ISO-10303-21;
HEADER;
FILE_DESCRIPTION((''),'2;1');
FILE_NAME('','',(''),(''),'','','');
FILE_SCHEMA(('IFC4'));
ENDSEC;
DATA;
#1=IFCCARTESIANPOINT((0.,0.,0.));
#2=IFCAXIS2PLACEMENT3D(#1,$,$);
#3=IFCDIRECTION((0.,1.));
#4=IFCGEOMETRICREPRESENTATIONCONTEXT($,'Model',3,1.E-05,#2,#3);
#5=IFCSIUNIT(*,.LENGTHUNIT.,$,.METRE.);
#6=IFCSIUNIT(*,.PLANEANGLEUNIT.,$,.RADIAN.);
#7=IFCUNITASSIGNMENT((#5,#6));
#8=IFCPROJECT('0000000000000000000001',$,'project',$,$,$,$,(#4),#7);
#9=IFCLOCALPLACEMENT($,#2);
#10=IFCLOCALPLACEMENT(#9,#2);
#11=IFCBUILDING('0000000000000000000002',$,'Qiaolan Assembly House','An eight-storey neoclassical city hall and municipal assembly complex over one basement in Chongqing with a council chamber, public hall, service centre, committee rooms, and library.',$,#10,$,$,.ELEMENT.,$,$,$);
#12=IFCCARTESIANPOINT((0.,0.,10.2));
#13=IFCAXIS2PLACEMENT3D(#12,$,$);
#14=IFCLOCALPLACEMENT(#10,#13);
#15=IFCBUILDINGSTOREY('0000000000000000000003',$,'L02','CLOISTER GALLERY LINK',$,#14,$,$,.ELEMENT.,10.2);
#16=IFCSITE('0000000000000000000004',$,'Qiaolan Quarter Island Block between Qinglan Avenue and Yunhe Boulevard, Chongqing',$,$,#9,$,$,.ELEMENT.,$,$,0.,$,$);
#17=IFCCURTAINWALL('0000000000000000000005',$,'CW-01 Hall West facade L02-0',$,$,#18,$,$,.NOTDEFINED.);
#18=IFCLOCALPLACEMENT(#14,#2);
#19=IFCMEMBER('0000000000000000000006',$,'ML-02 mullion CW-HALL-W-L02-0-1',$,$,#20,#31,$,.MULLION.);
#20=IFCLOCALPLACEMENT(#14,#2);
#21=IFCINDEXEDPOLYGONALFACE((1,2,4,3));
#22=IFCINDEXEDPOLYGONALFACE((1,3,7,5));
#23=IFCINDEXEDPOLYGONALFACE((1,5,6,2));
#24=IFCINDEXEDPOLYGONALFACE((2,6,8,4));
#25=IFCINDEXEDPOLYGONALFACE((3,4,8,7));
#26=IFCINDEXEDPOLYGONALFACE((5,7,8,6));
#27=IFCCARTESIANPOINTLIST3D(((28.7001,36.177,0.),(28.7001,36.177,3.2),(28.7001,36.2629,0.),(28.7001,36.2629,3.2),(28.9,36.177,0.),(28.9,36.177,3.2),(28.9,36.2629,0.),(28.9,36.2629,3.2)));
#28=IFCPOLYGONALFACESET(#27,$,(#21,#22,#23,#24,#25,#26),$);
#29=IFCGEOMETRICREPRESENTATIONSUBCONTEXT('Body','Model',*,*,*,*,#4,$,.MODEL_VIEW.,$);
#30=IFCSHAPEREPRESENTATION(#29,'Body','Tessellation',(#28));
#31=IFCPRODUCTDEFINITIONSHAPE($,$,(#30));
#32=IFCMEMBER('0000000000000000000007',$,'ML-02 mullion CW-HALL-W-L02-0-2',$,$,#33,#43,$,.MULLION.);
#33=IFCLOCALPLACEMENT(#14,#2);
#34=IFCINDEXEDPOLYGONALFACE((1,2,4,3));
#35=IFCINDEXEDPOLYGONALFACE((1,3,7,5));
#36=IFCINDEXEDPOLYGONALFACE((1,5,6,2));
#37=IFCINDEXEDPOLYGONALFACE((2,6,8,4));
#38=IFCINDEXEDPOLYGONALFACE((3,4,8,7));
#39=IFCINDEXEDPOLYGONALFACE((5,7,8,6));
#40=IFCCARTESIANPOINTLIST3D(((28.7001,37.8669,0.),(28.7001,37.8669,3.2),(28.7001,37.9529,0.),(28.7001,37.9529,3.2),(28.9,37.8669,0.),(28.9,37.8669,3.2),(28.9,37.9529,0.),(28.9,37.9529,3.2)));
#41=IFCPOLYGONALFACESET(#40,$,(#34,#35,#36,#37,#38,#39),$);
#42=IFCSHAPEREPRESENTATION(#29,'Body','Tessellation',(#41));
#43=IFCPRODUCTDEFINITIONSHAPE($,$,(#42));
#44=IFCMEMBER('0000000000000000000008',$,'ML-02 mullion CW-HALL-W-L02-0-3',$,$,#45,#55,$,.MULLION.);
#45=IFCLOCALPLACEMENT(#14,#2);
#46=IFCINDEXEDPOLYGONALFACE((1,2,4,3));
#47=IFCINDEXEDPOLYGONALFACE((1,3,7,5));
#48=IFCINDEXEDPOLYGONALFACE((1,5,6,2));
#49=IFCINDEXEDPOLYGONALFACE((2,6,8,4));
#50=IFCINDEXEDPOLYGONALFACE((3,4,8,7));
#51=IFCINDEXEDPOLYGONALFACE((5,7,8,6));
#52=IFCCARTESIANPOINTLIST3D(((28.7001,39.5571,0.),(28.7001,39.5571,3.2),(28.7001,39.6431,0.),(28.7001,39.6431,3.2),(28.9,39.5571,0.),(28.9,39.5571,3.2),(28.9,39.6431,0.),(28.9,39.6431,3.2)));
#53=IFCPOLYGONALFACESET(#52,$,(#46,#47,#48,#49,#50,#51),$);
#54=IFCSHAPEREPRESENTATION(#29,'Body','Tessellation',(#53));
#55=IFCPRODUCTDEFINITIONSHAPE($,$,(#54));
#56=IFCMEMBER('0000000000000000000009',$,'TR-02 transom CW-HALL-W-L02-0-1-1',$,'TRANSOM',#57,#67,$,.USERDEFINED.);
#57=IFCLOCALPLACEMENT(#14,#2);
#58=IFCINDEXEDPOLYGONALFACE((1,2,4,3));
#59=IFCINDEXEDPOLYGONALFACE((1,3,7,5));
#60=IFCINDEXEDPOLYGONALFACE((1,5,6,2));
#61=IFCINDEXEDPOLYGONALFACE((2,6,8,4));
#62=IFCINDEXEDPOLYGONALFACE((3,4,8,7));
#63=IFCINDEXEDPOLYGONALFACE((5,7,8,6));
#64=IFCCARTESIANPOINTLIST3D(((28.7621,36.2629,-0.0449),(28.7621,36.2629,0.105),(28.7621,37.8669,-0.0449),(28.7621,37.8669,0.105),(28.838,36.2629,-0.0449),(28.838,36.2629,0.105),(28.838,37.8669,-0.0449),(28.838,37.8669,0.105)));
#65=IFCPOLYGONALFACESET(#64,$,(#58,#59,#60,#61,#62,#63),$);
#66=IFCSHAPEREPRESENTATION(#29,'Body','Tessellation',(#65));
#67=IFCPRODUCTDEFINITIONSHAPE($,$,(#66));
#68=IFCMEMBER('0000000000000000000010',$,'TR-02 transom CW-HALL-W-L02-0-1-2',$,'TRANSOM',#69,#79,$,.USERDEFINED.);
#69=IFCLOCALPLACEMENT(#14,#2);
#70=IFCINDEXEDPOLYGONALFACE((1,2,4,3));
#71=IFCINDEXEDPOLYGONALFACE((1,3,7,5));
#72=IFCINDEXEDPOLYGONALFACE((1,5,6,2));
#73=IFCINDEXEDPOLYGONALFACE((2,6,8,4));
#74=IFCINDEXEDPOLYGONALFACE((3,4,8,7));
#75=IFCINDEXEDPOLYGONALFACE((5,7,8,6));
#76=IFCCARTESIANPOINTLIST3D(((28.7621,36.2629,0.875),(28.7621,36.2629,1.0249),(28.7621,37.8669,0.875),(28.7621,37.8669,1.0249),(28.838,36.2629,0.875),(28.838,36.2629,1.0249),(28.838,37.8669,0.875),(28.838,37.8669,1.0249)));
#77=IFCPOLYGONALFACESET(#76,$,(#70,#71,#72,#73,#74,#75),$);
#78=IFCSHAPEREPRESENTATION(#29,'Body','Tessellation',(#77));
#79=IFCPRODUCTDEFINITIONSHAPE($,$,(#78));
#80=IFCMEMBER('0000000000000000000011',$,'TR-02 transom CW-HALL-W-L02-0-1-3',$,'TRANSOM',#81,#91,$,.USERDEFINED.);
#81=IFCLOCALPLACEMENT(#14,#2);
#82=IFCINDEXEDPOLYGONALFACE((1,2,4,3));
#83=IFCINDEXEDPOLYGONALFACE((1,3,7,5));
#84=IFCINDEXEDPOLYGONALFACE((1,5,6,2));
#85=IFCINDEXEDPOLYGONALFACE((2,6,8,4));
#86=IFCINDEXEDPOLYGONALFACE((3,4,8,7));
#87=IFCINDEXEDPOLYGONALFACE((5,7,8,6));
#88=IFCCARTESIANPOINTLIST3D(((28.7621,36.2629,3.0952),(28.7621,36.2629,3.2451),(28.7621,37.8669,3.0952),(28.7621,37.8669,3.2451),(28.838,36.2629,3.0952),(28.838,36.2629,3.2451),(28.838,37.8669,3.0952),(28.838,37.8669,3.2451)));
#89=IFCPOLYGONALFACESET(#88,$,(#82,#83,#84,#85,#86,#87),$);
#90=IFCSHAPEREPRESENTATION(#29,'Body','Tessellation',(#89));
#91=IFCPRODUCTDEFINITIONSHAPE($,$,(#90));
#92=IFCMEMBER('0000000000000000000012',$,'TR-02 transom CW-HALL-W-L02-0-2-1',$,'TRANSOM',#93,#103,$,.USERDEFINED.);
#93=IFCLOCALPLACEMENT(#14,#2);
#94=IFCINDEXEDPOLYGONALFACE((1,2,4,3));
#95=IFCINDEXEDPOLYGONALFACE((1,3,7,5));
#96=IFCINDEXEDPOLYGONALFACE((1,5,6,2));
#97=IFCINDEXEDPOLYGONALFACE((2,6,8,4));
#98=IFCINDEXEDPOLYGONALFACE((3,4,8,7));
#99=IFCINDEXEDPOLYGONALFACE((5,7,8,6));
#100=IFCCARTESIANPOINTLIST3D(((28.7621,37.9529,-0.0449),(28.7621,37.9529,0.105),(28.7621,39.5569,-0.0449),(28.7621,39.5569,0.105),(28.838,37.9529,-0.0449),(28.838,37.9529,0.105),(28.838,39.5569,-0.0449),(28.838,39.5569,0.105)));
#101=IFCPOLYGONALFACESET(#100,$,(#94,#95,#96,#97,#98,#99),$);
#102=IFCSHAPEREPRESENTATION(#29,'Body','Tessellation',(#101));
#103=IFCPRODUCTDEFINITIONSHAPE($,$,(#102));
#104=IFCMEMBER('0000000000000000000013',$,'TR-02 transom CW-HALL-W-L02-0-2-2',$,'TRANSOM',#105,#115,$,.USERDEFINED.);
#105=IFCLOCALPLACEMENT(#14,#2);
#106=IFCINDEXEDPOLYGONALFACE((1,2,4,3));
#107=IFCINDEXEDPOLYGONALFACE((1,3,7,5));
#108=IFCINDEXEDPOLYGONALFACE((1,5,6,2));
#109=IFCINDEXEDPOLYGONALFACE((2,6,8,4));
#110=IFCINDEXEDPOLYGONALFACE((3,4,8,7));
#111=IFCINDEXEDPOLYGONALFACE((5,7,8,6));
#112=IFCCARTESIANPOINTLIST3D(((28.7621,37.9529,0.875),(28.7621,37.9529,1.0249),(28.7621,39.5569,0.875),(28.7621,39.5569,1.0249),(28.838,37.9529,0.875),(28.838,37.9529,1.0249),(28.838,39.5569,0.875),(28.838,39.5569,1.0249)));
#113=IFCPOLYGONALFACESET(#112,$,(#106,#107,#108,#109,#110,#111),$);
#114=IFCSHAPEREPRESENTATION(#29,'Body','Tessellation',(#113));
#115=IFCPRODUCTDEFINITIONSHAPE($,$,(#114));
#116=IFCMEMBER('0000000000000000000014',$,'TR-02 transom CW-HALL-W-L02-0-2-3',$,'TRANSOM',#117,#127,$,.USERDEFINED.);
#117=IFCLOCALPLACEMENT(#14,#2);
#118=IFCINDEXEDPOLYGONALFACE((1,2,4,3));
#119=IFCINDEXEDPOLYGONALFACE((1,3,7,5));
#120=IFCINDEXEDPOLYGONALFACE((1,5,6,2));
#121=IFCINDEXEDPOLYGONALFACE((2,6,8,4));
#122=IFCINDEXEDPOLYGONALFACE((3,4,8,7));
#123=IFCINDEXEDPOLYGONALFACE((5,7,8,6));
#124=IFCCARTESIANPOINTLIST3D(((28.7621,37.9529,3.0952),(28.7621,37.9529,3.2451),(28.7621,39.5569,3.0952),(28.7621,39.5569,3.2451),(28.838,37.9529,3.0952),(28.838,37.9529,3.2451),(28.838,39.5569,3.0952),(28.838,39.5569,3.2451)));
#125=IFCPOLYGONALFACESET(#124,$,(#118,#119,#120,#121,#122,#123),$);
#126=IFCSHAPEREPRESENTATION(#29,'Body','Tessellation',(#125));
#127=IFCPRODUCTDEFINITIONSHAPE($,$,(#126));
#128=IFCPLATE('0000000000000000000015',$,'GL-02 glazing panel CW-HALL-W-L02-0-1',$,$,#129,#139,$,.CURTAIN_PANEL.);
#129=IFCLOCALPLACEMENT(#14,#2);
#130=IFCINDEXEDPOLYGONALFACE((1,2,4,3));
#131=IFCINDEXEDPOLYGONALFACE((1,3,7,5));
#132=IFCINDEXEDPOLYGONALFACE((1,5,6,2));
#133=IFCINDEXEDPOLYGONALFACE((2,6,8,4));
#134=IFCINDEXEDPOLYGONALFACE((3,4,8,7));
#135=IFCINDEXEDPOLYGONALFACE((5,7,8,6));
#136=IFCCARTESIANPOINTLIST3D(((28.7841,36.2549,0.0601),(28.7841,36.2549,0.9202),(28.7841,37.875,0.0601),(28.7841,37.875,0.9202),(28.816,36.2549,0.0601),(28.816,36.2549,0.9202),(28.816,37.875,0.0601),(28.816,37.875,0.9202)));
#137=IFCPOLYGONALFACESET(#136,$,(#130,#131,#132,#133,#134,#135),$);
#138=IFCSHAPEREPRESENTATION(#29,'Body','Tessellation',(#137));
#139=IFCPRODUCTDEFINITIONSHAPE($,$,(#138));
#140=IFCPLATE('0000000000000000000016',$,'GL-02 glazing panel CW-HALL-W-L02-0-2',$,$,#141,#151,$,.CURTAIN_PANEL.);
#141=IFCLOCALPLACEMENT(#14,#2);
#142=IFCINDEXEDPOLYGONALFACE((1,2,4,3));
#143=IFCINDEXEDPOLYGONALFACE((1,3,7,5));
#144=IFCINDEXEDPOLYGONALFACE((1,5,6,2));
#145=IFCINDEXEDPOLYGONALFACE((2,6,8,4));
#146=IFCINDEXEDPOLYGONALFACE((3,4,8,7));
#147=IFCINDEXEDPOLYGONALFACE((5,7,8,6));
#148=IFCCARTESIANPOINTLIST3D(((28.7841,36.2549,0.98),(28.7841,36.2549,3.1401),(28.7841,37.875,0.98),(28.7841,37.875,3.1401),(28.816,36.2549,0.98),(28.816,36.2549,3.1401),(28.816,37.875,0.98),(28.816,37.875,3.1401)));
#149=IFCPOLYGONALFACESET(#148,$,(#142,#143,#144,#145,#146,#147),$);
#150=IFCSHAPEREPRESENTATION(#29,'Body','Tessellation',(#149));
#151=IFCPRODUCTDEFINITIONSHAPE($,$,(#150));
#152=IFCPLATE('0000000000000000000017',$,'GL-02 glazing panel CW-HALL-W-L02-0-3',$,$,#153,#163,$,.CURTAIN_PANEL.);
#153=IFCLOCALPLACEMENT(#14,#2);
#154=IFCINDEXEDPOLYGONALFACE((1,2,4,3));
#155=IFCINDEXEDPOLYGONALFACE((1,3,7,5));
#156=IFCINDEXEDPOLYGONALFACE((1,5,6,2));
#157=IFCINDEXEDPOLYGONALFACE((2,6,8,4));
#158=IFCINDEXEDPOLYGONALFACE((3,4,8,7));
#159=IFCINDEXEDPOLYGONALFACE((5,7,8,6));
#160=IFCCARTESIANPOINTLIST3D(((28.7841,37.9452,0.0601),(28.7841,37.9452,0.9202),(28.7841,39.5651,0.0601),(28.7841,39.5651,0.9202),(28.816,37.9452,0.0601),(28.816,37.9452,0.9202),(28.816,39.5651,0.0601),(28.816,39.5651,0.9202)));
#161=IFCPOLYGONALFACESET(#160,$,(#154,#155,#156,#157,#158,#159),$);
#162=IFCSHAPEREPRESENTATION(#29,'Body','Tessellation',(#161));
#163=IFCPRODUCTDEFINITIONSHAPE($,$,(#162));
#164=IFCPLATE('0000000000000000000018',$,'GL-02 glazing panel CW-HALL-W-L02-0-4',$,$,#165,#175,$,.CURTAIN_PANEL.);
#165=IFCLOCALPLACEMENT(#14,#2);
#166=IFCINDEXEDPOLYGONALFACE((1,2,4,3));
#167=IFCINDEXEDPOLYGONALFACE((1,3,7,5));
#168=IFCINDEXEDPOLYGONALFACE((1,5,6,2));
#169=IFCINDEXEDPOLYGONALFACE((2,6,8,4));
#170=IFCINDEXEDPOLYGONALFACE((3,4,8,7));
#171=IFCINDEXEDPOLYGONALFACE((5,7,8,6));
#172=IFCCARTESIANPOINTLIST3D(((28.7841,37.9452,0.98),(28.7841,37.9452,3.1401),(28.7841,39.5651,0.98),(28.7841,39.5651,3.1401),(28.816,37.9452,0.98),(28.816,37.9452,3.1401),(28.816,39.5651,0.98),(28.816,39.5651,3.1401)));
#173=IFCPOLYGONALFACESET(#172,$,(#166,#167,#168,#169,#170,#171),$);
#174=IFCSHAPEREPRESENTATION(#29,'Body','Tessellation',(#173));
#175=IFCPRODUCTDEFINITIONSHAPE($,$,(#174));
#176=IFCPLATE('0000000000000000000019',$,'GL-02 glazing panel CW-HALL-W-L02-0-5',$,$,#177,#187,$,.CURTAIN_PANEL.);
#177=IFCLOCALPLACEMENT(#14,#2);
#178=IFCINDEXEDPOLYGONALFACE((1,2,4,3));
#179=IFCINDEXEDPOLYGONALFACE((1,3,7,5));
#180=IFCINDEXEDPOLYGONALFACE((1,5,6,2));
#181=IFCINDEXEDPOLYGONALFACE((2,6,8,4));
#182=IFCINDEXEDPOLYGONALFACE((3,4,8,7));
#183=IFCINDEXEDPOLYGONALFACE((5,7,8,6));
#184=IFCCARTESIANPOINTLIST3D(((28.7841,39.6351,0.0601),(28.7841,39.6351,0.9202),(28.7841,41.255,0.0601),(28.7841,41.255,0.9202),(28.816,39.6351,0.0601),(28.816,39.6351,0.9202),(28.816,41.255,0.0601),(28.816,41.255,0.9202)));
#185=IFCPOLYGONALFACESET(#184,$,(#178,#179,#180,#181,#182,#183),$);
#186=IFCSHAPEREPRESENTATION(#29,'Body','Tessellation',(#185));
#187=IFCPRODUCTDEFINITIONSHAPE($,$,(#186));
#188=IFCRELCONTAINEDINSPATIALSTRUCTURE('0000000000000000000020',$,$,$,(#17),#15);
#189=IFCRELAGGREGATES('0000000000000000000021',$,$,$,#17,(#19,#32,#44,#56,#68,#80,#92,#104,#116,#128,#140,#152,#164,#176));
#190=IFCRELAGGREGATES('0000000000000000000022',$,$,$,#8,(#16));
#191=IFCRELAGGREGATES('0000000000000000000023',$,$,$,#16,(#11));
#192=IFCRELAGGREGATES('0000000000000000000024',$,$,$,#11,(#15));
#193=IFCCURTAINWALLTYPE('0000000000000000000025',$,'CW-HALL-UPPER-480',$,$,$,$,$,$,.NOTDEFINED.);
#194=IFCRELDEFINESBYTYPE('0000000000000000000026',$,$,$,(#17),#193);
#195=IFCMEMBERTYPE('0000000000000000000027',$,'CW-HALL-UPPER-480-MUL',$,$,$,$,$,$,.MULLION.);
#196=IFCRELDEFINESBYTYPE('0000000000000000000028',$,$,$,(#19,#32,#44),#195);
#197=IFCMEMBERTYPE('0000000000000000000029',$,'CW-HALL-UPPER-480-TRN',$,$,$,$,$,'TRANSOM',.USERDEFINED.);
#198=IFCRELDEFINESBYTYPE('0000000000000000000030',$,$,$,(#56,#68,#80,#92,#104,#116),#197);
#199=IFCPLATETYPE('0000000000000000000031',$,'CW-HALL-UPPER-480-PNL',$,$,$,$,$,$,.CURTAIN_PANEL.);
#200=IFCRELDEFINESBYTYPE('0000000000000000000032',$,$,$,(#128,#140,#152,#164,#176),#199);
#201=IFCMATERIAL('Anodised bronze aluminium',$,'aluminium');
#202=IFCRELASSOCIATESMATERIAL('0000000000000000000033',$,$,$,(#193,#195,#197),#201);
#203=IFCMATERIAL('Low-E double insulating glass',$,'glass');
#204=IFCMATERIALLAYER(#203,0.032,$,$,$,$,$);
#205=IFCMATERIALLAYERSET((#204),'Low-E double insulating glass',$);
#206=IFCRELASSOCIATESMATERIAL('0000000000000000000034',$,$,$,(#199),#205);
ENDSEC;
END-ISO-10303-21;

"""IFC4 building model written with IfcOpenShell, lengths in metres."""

from ifc_helpers import new_model, si_unit, direction, frame, frame_2d, origin, origin_2d, place, context, subcontext, project, spatial, rectangle, extrude, material, layer, layer_set, material_profile, profile_set, type_object, element, aggregate, save


model = new_model("IFC4")

# Units and contexts
model_context = context("Model", 3, precision=1e-05, world=origin(), true_north=direction((0.0, 1.0)))
body_context = subcontext(model_context, "Body", "Model", "MODEL_VIEW")
ifc_project = project(units=[si_unit("LENGTHUNIT", "METRE"), si_unit("PLANEANGLEUNIT", "RADIAN")], contexts=[model_context])

# Site, building, storey
site_placement = place(None, origin())
site = spatial("IfcSite", under=ifc_project, at=site_placement, Name="Qiaolan Quarter Island Block between Qinglan Avenue and Yunhe Boulevard, Chongqing", CompositionType="ELEMENT", RefElevation=0.0)
building_placement = place(site_placement, origin())
building = spatial("IfcBuilding", under=site, at=building_placement, Name="Qiaolan Assembly House", Description="An eight-storey neoclassical city hall and municipal assembly complex over one basement in Chongqing with a council chamber, public hall, service centre, committee rooms, and library.", CompositionType="ELEMENT")
storey_placement = place(building_placement, frame((0.0, 0.0, 10.2)))
storey = spatial("IfcBuildingStorey", under=building, at=storey_placement, Name="L02", Description="CLOISTER GALLERY LINK", CompositionType="ELEMENT", Elevation=10.2)

# Curtain wall, members, plates
ifc_material_1 = material(Name="Anodised bronze aluminium", Category="aluminium")
curtain_wall_type = type_object("IfcCurtainWallType", Name="CW-HALL-UPPER-480", PredefinedType="NOTDEFINED", material=ifc_material_1)
curtain_wall_placement = place(storey_placement, origin())
curtain_wall = element("IfcCurtainWall", 1, at=curtain_wall_placement, inside=storey, type_object=curtain_wall_type, Name="CW-01 Hall West facade L02-0", PredefinedType="NOTDEFINED")
ifc_material_profile_1 = material_profile(ifc_material_1, rectangle(XDim=0.0859, YDim=0.2, at=origin_2d()), Name="MUL 86x200")
ifc_profile_set_1 = profile_set([ifc_material_profile_1], Name="Anodised bronze aluminium")
member_type_1 = type_object("IfcMemberType", Name="CW-HALL-UPPER-480-MUL", PredefinedType="MULLION", material=ifc_profile_set_1)
member_1_placement = place(storey_placement, frame((28.8, 36.22, 0.0), z_axis=(0.0, 0.0, 1.0), x_axis=(0.0, 1.0, 0.0)))
member_1 = element("IfcMember", 2, at=member_1_placement, type_object=member_type_1, Name="ML-02 mullion CW-HALL-W-L02-0-1", PredefinedType="MULLION", context=body_context, shape_type="SweptSolid", body=[
    extrude(rectangle(XDim=0.0859, YDim=0.2, at=origin_2d()), origin(), (0.0, 0.0, 1.0), 3.2),
])
member_2_placement = place(storey_placement, frame((28.8, 37.9099, 0.0), z_axis=(0.0, 0.0, 1.0), x_axis=(0.0, 1.0, 0.0)))
member_2 = element("IfcMember", 3, at=member_2_placement, type_object=member_type_1, Name="ML-02 mullion CW-HALL-W-L02-0-2", PredefinedType="MULLION", context=body_context, shape_type="SweptSolid", body=[
    extrude(rectangle(XDim=0.0859, YDim=0.2, at=origin_2d()), origin(), (0.0, 0.0, 1.0), 3.2),
])
member_3_placement = place(storey_placement, frame((28.8, 39.6001, 0.0), z_axis=(0.0, 0.0, 1.0), x_axis=(0.0, 1.0, 0.0)))
member_3 = element("IfcMember", 4, at=member_3_placement, type_object=member_type_1, Name="ML-02 mullion CW-HALL-W-L02-0-3", PredefinedType="MULLION", context=body_context, shape_type="SweptSolid", body=[
    extrude(rectangle(XDim=0.0859, YDim=0.2, at=origin_2d()), origin(), (0.0, 0.0, 1.0), 3.2),
])
ifc_material_profile_2 = material_profile(ifc_material_1, rectangle(XDim=0.0759, YDim=0.1499, at=origin_2d()), Name="TRN 76x150")
ifc_profile_set_2 = profile_set([ifc_material_profile_2], Name="Anodised bronze aluminium")
member_type_2 = type_object("IfcMemberType", Name="CW-HALL-UPPER-480-TRN", ElementType="TRANSOM", PredefinedType="USERDEFINED", material=ifc_profile_set_2)
member_4_placement = place(storey_placement, frame((28.8, 36.2629, 0.03), z_axis=(0.0, 1.0, 0.0), x_axis=(-1.0, 0.0, 0.0)))
member_4 = element("IfcMember", 5, at=member_4_placement, type_object=member_type_2, Name="TR-02 transom CW-HALL-W-L02-0-1-1", ObjectType="TRANSOM", PredefinedType="USERDEFINED", context=body_context, shape_type="SweptSolid", body=[
    extrude(rectangle(XDim=0.0759, YDim=0.1499, at=origin_2d()), origin(), (0.0, 0.0, 1.0), 1.604),
])
member_5_placement = place(storey_placement, frame((28.8, 36.2629, 0.95), z_axis=(0.0, 1.0, 0.0), x_axis=(-1.0, 0.0, 0.0)))
member_5 = element("IfcMember", 6, at=member_5_placement, type_object=member_type_2, Name="TR-02 transom CW-HALL-W-L02-0-1-2", ObjectType="TRANSOM", PredefinedType="USERDEFINED", context=body_context, shape_type="SweptSolid", body=[
    extrude(rectangle(XDim=0.0759, YDim=0.1499, at=origin_2d()), origin(), (0.0, 0.0, 1.0), 1.604),
])
member_6_placement = place(storey_placement, frame((28.8, 36.2629, 3.1702), z_axis=(0.0, 1.0, 0.0), x_axis=(-1.0, 0.0, 0.0)))
member_6 = element("IfcMember", 7, at=member_6_placement, type_object=member_type_2, Name="TR-02 transom CW-HALL-W-L02-0-1-3", ObjectType="TRANSOM", PredefinedType="USERDEFINED", context=body_context, shape_type="SweptSolid", body=[
    extrude(rectangle(XDim=0.0759, YDim=0.1499, at=origin_2d()), origin(), (0.0, 0.0, 1.0), 1.604),
])
member_7_placement = place(storey_placement, frame((28.8, 37.9529, 0.03), z_axis=(0.0, 1.0, 0.0), x_axis=(-1.0, 0.0, 0.0)))
member_7 = element("IfcMember", 8, at=member_7_placement, type_object=member_type_2, Name="TR-02 transom CW-HALL-W-L02-0-2-1", ObjectType="TRANSOM", PredefinedType="USERDEFINED", context=body_context, shape_type="SweptSolid", body=[
    extrude(rectangle(XDim=0.0759, YDim=0.1499, at=origin_2d()), origin(), (0.0, 0.0, 1.0), 1.604),
])
member_8_placement = place(storey_placement, frame((28.8, 37.9529, 0.95), z_axis=(0.0, 1.0, 0.0), x_axis=(-1.0, 0.0, 0.0)))
member_8 = element("IfcMember", 9, at=member_8_placement, type_object=member_type_2, Name="TR-02 transom CW-HALL-W-L02-0-2-2", ObjectType="TRANSOM", PredefinedType="USERDEFINED", context=body_context, shape_type="SweptSolid", body=[
    extrude(rectangle(XDim=0.0759, YDim=0.1499, at=origin_2d()), origin(), (0.0, 0.0, 1.0), 1.604),
])
member_9_placement = place(storey_placement, frame((28.8, 37.9529, 3.1702), z_axis=(0.0, 1.0, 0.0), x_axis=(-1.0, 0.0, 0.0)))
member_9 = element("IfcMember", 10, at=member_9_placement, type_object=member_type_2, Name="TR-02 transom CW-HALL-W-L02-0-2-3", ObjectType="TRANSOM", PredefinedType="USERDEFINED", context=body_context, shape_type="SweptSolid", body=[
    extrude(rectangle(XDim=0.0759, YDim=0.1499, at=origin_2d()), origin(), (0.0, 0.0, 1.0), 1.604),
])
ifc_material_2 = material(Name="Low-E double insulating glass", Category="glass")
ifc_layer = layer(ifc_material_2, 0.032)
ifc_layer_set = layer_set([ifc_layer], Name="Low-E double insulating glass")
plate_type = type_object("IfcPlateType", Name="CW-HALL-UPPER-480-PNL", PredefinedType="CURTAIN_PANEL", material=ifc_layer_set)
plate_1_placement = place(storey_placement, frame((28.8, 36.2549, 0.0601), z_axis=(0.0, 0.0, 1.0), x_axis=(0.0, 1.0, 0.0)))
plate_1 = element("IfcPlate", 11, at=plate_1_placement, type_object=plate_type, Name="GL-02 glazing panel CW-HALL-W-L02-0-1", PredefinedType="CURTAIN_PANEL", context=body_context, shape_type="SweptSolid", body=[
    extrude(rectangle(XDim=1.6201, YDim=0.032, at=frame_2d((0.8101, 0.0))), origin(), (0.0, 0.0, 1.0), 0.8601),
])
plate_2_placement = place(storey_placement, frame((28.8, 36.2549, 0.98), z_axis=(0.0, 0.0, 1.0), x_axis=(0.0, 1.0, 0.0)))
plate_2 = element("IfcPlate", 12, at=plate_2_placement, type_object=plate_type, Name="GL-02 glazing panel CW-HALL-W-L02-0-2", PredefinedType="CURTAIN_PANEL", context=body_context, shape_type="SweptSolid", body=[
    extrude(rectangle(XDim=1.6201, YDim=0.032, at=frame_2d((0.8101, 0.0))), origin(), (0.0, 0.0, 1.0), 2.1602),
])
plate_3_placement = place(storey_placement, frame((28.8, 37.9451, 0.0601), z_axis=(0.0, 0.0, 1.0), x_axis=(0.0, 1.0, 0.0)))
plate_3 = element("IfcPlate", 13, at=plate_3_placement, type_object=plate_type, Name="GL-02 glazing panel CW-HALL-W-L02-0-3", PredefinedType="CURTAIN_PANEL", context=body_context, shape_type="SweptSolid", body=[
    extrude(rectangle(XDim=1.6199, YDim=0.032, at=frame_2d((0.8101, 0.0))), origin(), (0.0, 0.0, 1.0), 0.8601),
])
plate_4_placement = place(storey_placement, frame((28.8, 37.9451, 0.98), z_axis=(0.0, 0.0, 1.0), x_axis=(0.0, 1.0, 0.0)))
plate_4 = element("IfcPlate", 14, at=plate_4_placement, type_object=plate_type, Name="GL-02 glazing panel CW-HALL-W-L02-0-4", PredefinedType="CURTAIN_PANEL", context=body_context, shape_type="SweptSolid", body=[
    extrude(rectangle(XDim=1.6199, YDim=0.032, at=frame_2d((0.8101, 0.0))), origin(), (0.0, 0.0, 1.0), 2.1602),
])
plate_5_placement = place(storey_placement, frame((28.8, 39.635, 0.0601), z_axis=(0.0, 0.0, 1.0), x_axis=(0.0, 1.0, 0.0)))
plate_5 = element("IfcPlate", 15, at=plate_5_placement, type_object=plate_type, Name="GL-02 glazing panel CW-HALL-W-L02-0-5", PredefinedType="CURTAIN_PANEL", context=body_context, shape_type="SweptSolid", body=[
    extrude(rectangle(XDim=1.6199, YDim=0.032, at=frame_2d((0.8101, 0.0))), origin(), (0.0, 0.0, 1.0), 0.8601),
])
aggregate(curtain_wall, [member_1, member_2, member_3, member_4, member_5, member_6, member_7, member_8, member_9, plate_1, plate_2, plate_3, plate_4, plate_5])

save(model, "model.ifc")
